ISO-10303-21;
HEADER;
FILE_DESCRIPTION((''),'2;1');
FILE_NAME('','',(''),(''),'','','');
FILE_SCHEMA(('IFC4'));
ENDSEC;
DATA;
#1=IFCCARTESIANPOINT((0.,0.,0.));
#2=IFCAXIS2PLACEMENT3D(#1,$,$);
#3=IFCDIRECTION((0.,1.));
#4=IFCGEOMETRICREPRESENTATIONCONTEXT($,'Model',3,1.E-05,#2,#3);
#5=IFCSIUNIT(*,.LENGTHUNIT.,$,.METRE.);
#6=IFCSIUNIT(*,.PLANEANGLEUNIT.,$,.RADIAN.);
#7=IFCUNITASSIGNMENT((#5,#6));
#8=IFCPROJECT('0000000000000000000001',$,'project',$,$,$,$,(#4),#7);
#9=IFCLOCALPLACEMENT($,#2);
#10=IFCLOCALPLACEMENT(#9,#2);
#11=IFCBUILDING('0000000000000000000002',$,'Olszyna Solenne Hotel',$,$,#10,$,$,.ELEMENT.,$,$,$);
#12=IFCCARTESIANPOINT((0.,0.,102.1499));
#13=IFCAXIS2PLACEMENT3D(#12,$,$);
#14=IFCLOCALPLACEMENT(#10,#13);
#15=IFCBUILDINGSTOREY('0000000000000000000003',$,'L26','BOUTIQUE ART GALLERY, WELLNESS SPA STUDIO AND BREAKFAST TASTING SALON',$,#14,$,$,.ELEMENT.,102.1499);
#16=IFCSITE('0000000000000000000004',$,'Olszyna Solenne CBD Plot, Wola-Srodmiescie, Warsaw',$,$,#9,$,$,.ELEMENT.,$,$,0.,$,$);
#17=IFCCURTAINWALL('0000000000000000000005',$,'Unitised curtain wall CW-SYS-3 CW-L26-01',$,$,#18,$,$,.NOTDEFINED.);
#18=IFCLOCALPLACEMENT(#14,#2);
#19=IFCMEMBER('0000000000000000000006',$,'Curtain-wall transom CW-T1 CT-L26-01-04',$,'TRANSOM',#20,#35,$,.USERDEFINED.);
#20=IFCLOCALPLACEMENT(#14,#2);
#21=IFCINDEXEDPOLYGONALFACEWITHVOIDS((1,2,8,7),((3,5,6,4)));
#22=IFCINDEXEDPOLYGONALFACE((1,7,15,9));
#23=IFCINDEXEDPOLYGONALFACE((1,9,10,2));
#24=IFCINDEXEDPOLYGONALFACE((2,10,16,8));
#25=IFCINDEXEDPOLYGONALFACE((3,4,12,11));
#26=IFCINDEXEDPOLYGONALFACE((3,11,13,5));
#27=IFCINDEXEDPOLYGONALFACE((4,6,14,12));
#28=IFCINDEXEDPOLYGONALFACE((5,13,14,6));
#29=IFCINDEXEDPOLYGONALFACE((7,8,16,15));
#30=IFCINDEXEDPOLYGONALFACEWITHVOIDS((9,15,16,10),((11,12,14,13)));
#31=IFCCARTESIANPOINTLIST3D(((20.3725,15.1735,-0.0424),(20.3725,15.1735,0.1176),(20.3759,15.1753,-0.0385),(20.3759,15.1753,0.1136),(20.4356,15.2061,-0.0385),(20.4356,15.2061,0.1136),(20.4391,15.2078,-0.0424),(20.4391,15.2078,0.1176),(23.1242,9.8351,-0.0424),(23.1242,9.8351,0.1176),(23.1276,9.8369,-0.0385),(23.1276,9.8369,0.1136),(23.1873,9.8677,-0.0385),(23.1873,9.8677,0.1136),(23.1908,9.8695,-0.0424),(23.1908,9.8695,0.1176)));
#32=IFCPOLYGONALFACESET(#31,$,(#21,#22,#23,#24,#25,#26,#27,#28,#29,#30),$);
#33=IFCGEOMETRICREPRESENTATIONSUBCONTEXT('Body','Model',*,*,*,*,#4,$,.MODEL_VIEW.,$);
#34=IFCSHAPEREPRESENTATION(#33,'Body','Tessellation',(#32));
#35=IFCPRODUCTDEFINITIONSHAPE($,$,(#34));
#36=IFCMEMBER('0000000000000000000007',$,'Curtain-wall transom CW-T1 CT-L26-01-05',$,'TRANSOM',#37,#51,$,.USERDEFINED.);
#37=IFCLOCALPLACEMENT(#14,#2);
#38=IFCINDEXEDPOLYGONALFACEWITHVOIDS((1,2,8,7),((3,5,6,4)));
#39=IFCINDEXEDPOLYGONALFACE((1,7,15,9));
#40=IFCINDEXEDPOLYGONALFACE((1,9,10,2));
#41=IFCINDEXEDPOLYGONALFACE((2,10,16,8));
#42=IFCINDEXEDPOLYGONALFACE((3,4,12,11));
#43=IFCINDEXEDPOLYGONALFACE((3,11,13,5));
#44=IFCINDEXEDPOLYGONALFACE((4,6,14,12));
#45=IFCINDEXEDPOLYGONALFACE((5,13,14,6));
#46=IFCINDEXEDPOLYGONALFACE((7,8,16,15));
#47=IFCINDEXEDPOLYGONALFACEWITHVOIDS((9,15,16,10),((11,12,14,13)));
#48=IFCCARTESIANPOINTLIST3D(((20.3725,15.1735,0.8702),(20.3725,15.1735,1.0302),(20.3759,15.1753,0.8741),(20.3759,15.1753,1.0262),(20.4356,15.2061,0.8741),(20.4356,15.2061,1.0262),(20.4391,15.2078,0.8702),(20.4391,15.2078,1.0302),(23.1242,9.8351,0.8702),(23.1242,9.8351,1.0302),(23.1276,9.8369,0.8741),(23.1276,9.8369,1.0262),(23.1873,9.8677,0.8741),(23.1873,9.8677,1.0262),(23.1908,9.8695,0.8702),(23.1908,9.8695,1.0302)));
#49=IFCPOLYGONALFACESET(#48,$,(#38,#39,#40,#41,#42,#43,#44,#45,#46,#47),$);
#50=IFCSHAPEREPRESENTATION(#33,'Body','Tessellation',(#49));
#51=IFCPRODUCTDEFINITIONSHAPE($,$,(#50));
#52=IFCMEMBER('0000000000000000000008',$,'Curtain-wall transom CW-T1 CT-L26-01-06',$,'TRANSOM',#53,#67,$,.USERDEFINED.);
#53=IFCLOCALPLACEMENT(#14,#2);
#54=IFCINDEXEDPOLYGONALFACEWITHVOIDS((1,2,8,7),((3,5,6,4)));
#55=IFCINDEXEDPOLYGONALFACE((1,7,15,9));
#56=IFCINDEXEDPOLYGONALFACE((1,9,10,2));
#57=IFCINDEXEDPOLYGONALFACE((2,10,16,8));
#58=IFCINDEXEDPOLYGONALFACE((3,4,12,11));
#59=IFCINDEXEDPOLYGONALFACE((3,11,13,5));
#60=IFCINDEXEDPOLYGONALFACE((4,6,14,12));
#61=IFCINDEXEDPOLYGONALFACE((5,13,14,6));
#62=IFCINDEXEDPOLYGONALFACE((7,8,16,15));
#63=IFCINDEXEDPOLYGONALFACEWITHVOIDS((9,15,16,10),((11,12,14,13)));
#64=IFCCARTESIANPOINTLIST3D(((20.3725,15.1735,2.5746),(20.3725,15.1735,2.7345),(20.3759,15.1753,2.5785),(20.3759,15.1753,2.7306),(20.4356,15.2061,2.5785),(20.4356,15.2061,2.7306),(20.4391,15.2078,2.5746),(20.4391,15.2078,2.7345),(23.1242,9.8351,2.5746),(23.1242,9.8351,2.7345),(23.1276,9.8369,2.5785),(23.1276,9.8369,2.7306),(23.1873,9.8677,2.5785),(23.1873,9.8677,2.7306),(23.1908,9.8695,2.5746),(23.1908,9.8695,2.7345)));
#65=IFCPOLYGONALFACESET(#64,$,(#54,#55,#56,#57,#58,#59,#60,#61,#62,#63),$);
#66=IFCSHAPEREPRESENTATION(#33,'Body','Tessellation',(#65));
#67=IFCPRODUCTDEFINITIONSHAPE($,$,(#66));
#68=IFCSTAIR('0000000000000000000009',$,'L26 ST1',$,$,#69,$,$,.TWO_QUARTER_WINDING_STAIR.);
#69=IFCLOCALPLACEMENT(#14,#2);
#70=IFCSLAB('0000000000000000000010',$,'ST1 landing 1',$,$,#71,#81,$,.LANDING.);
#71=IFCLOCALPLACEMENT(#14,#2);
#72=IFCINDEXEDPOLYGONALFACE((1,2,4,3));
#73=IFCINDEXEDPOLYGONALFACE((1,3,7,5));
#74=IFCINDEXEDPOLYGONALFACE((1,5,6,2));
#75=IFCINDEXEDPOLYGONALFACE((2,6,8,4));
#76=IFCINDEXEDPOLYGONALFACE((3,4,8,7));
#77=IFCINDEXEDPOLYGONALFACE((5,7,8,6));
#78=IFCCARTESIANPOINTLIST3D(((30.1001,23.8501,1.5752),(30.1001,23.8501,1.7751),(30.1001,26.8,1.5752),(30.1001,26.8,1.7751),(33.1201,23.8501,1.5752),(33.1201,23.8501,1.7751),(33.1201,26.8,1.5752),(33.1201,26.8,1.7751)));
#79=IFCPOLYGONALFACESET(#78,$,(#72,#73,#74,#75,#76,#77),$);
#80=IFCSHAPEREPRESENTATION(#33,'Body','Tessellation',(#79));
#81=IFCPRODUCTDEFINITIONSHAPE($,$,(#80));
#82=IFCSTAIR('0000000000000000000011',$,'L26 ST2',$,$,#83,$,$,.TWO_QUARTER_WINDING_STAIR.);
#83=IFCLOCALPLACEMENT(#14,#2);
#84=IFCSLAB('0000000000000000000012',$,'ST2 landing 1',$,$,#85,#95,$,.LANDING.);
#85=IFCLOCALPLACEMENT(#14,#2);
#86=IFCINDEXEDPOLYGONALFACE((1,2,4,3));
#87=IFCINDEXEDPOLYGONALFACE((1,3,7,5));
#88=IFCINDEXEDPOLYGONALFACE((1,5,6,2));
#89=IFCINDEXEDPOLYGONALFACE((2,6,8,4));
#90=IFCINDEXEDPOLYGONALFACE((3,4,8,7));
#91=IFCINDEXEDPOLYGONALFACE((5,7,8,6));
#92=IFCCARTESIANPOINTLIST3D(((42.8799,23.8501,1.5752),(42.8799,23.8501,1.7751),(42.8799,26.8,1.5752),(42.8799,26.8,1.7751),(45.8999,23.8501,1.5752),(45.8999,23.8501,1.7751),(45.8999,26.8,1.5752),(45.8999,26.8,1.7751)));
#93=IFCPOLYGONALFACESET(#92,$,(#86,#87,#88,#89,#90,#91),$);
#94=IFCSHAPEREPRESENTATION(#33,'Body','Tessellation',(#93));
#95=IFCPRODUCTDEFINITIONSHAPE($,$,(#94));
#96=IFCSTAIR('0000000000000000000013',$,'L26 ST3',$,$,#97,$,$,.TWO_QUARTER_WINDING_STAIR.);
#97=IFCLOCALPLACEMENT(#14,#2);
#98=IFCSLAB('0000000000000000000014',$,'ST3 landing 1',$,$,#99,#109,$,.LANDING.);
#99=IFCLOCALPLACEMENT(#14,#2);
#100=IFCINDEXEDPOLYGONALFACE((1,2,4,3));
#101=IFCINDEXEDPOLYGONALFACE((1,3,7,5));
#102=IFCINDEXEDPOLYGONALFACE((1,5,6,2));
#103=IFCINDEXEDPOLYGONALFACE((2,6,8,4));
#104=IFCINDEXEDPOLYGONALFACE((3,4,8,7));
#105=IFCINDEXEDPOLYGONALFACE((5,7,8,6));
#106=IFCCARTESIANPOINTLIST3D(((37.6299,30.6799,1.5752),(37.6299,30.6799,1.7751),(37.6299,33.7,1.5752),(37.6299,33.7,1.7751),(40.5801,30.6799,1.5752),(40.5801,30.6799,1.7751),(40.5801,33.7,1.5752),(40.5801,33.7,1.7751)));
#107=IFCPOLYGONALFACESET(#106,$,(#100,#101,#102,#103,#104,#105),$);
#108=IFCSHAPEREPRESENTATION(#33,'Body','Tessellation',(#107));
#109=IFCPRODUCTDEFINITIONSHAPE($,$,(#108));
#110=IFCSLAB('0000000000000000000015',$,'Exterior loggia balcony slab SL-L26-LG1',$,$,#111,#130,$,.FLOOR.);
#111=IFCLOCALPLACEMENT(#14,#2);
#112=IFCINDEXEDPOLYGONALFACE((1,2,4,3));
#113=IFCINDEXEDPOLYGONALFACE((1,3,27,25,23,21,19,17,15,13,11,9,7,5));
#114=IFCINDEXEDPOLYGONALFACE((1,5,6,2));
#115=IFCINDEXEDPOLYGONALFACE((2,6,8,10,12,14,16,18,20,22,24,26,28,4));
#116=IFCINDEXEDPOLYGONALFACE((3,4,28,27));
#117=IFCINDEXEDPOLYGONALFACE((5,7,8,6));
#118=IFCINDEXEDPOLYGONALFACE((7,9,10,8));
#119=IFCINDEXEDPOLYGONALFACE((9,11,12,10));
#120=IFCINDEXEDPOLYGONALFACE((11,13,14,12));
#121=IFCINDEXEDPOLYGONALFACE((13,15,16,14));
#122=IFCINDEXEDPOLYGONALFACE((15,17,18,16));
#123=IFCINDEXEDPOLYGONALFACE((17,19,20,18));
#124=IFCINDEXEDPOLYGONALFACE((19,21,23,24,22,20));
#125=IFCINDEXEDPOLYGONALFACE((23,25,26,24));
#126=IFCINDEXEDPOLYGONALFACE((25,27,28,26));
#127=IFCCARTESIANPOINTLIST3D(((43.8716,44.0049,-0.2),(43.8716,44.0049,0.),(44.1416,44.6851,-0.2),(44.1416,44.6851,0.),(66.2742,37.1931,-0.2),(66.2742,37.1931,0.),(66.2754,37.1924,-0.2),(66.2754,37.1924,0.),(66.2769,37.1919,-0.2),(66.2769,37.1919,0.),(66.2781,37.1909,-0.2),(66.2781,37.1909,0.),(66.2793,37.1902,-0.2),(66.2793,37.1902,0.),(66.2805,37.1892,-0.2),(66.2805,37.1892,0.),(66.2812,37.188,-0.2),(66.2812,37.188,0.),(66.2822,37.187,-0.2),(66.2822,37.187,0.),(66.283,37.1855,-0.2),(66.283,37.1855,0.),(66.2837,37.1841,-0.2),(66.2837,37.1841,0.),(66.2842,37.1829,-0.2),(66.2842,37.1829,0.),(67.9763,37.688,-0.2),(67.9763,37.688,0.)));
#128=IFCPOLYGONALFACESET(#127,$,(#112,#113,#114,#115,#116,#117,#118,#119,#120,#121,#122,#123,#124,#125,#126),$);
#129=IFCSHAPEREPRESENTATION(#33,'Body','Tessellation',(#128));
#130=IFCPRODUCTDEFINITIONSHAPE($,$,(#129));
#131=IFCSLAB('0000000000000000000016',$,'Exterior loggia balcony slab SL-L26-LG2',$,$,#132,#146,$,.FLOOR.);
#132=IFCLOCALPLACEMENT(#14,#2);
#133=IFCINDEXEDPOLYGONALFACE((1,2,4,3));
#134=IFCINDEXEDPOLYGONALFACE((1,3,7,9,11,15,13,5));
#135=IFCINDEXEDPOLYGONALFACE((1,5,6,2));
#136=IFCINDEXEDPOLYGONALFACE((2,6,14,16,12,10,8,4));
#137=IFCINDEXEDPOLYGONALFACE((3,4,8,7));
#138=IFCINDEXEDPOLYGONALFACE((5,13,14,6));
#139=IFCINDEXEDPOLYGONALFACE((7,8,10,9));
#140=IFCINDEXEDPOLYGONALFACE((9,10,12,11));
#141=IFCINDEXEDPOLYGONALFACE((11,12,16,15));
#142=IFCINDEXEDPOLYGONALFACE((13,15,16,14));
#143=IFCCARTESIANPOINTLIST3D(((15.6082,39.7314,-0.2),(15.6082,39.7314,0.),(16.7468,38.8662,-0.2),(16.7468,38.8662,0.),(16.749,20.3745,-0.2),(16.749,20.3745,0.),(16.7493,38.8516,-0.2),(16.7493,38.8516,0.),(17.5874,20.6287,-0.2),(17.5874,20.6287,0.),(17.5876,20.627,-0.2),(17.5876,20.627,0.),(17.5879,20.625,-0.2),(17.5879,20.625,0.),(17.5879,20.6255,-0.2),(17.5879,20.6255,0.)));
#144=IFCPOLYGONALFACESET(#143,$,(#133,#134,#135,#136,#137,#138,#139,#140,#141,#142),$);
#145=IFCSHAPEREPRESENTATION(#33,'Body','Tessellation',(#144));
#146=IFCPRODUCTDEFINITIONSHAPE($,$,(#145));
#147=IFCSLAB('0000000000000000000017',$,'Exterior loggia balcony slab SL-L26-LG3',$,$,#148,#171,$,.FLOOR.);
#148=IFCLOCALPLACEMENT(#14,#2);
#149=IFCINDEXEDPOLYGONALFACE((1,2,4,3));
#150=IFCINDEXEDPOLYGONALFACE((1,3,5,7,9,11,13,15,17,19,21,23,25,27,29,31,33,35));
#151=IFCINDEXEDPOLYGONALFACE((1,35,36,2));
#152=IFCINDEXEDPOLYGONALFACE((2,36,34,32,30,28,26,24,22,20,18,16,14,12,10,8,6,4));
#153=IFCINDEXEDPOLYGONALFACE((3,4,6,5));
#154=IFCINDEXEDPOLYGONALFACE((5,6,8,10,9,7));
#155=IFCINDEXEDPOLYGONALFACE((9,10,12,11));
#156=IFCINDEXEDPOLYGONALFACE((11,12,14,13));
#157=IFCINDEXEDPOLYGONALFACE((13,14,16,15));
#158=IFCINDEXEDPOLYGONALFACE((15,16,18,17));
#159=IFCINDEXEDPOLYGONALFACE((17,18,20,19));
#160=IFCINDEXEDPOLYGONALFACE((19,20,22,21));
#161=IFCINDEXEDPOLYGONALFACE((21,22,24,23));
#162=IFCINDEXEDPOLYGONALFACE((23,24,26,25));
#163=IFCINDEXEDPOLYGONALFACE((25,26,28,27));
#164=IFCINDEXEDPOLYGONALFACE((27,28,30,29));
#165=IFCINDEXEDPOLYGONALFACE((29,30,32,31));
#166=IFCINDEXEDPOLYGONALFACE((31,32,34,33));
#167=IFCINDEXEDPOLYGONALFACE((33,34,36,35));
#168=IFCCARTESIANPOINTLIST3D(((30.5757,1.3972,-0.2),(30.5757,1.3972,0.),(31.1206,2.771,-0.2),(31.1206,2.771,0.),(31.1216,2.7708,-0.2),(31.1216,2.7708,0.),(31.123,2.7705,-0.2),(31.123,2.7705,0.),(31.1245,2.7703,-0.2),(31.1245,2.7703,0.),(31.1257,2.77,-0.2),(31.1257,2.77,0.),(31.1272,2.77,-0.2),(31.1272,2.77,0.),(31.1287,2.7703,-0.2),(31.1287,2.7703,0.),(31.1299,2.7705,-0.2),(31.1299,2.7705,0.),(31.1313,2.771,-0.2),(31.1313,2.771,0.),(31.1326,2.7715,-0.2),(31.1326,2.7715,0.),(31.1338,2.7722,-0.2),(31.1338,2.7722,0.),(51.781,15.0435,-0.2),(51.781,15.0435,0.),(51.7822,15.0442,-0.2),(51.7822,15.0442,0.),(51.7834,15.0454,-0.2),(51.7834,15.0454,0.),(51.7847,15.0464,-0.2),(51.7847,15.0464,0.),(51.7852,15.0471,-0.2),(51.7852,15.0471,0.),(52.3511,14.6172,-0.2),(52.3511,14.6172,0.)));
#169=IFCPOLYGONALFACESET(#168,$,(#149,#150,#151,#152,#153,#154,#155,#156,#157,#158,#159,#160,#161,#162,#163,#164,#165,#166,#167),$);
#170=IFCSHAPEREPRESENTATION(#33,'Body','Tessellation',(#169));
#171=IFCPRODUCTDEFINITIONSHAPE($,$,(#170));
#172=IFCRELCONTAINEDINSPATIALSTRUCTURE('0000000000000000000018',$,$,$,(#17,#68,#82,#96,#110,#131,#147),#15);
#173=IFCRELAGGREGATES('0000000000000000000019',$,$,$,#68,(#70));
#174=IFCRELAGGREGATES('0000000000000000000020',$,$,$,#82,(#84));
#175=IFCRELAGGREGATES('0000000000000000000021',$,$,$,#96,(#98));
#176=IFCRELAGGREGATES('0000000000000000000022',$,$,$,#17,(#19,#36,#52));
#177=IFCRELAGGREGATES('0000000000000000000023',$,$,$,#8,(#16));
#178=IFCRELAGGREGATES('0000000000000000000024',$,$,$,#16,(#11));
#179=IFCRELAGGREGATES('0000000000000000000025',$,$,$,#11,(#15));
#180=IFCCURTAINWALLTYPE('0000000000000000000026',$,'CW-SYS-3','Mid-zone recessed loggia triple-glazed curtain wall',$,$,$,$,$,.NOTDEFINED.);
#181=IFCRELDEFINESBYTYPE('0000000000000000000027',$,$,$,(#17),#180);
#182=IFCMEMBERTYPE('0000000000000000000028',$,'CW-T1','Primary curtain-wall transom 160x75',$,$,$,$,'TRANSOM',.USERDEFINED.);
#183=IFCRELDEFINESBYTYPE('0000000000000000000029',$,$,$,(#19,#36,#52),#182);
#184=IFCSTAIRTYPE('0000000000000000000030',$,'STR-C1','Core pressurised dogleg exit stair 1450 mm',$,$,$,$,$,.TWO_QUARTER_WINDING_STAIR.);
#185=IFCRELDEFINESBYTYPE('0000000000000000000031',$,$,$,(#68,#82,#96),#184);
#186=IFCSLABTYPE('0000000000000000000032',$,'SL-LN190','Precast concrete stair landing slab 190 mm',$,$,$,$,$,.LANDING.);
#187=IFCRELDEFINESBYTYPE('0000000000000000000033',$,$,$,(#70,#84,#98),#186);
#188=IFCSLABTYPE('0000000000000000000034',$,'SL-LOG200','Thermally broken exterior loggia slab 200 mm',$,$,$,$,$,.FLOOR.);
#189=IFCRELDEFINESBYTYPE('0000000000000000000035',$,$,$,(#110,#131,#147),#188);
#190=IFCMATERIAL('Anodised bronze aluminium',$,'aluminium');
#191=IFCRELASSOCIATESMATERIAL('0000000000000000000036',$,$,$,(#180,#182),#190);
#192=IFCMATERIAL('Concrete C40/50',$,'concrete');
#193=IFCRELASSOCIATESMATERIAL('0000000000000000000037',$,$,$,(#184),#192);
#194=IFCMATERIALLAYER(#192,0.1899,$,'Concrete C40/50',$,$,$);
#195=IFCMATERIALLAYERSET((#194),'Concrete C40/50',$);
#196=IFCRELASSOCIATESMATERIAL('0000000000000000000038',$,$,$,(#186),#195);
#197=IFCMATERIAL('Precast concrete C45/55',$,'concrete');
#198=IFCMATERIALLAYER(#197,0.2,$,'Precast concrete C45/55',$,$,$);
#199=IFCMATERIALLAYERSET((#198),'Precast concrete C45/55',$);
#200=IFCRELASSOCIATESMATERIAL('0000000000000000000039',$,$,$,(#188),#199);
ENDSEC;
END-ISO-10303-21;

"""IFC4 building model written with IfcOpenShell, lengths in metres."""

from ifc_helpers import new_model, si_unit, direction, frame, origin, origin_2d, place, context, subcontext, project, spatial, polyline, hollow_rectangle, outline, extrude, source, transform, mapped, material, layer, layer_set, material_profile, profile_set, type_object, element, aggregate, save


model = new_model("IFC4")

# Units and contexts
model_context = context("Model", 3, precision=1e-05, world=origin(), true_north=direction((0.0, 1.0)))
body_context = subcontext(model_context, "Body", "Model", "MODEL_VIEW")
ifc_project = project(units=[si_unit("LENGTHUNIT", "METRE"), si_unit("PLANEANGLEUNIT", "RADIAN")], contexts=[model_context])

# Site, building, storey
site_placement = place(None, origin())
site = spatial("IfcSite", under=ifc_project, at=site_placement, Name="Olszyna Solenne CBD Plot, Wola-Srodmiescie, Warsaw", CompositionType="ELEMENT", RefElevation=0.0)
building_placement = place(site_placement, origin())
building = spatial("IfcBuilding", under=site, at=building_placement, Name="Olszyna Solenne Hotel", CompositionType="ELEMENT")
storey_placement = place(building_placement, frame((0.0, 0.0, 102.1499)))
storey = spatial("IfcBuildingStorey", under=building, at=storey_placement, Name="L26", Description="BOUTIQUE ART GALLERY, WELLNESS SPA STUDIO AND BREAKFAST TASTING SALON", CompositionType="ELEMENT", Elevation=102.1499)

# Curtain wall, members
ifc_material_1 = material(Name="Anodised bronze aluminium", Category="aluminium")
curtain_wall_type = type_object("IfcCurtainWallType", Name="CW-SYS-3", Description="Mid-zone recessed loggia triple-glazed curtain wall", PredefinedType="NOTDEFINED", material=ifc_material_1)
curtain_wall_placement = place(storey_placement, origin())
curtain_wall = element("IfcCurtainWall", 1, at=curtain_wall_placement, inside=storey, type_object=curtain_wall_type, Name="Unitised curtain wall CW-SYS-3 CW-L26-01", PredefinedType="NOTDEFINED")
ifc_material_profile_1 = material_profile(ifc_material_1, hollow_rectangle(XDim=0.075, YDim=0.1599, WallThickness=0.0039, at=origin_2d()), Name="TRAN 160x75x4", Category="load-bearing")
ifc_profile_set_1 = profile_set([ifc_material_profile_1], Name="Anodised bronze aluminium")
member_type_1 = type_object("IfcMemberType", Name="CW-T1", Description="Primary curtain-wall transom 160x75", ElementType="TRANSOM", PredefinedType="USERDEFINED", material=ifc_profile_set_1)
shared_shape_1 = source(origin(), body_context, "Body", "SweptSolid", [
    extrude(hollow_rectangle(XDim=0.075, YDim=0.1599, WallThickness=0.0039, at=origin_2d()), origin(), (0.0, 0.0, 1.0), 6.0059),
])
member_1_placement = place(storey_placement, frame((20.4058, 15.1907, 0.0376), z_axis=(0.458172, -0.888864, 0.0), x_axis=(0.888864, 0.458172, 0.0)))
member_1 = element("IfcMember", 2, at=member_1_placement, type_object=member_type_1, Name="Curtain-wall transom CW-T1 CT-L26-01-04", ObjectType="TRANSOM", PredefinedType="USERDEFINED", context=body_context, shape_type="MappedRepresentation", body=[
    mapped(shared_shape_1, transform((0.0, 0.0, 0.0), x_axis=(1.0, 0.0, 0.0), y_axis=(0.0, 1.0, 0.0), z_axis=(0.0, 0.0, 1.0), scale=1.0)),
])
member_2_placement = place(storey_placement, frame((20.4058, 15.1907, 0.9502), z_axis=(0.458172, -0.888864, 0.0), x_axis=(0.888864, 0.458172, 0.0)))
member_2 = element("IfcMember", 3, at=member_2_placement, type_object=member_type_1, Name="Curtain-wall transom CW-T1 CT-L26-01-05", ObjectType="TRANSOM", PredefinedType="USERDEFINED", context=body_context, shape_type="MappedRepresentation", body=[
    mapped(shared_shape_1, transform((0.0, 0.0, 0.0), x_axis=(1.0, 0.0, 0.0), y_axis=(0.0, 1.0, 0.0), z_axis=(0.0, 0.0, 1.0), scale=1.0)),
])
member_3_placement = place(storey_placement, frame((20.4058, 15.1907, 2.6545), z_axis=(0.458172, -0.888864, 0.0), x_axis=(0.888864, 0.458172, 0.0)))
member_3 = element("IfcMember", 4, at=member_3_placement, type_object=member_type_1, Name="Curtain-wall transom CW-T1 CT-L26-01-06", ObjectType="TRANSOM", PredefinedType="USERDEFINED", context=body_context, shape_type="MappedRepresentation", body=[
    mapped(shared_shape_1, transform((0.0, 0.0, 0.0), x_axis=(1.0, 0.0, 0.0), y_axis=(0.0, 1.0, 0.0), z_axis=(0.0, 0.0, 1.0), scale=1.0)),
])

# Stairs, slabs
ifc_material_2 = material(Name="Concrete C40/50", Category="concrete")
stair_type = type_object("IfcStairType", Name="STR-C1", Description="Core pressurised dogleg exit stair 1450 mm", PredefinedType="TWO_QUARTER_WINDING_STAIR", material=ifc_material_2)
stair_1_placement = place(storey_placement, origin())
stair_1 = element("IfcStair", 5, at=stair_1_placement, inside=storey, type_object=stair_type, Name="L26 ST1", PredefinedType="TWO_QUARTER_WINDING_STAIR")
ifc_layer_1 = layer(ifc_material_2, 0.1899, Name="Concrete C40/50")
ifc_layer_set_1 = layer_set([ifc_layer_1], Name="Concrete C40/50")
slab_type_1 = type_object("IfcSlabType", Name="SL-LN190", Description="Precast concrete stair landing slab 190 mm", PredefinedType="LANDING", material=ifc_layer_set_1)
slab_1_placement = place(storey_placement, frame((0.0, 0.0, 1.5752)))
slab_1 = element("IfcSlab", 6, at=slab_1_placement, type_object=slab_type_1, Name="ST1 landing 1", PredefinedType="LANDING", context=body_context, shape_type="SweptSolid", body=[
    extrude(outline(polyline([(33.1201, 23.8501), (33.1201, 26.8), (30.1001, 26.8), (30.1001, 23.8501), (33.1201, 23.8501)])), origin(), (0.0, 0.0, 1.0), 0.2),
])
aggregate(stair_1, [slab_1])
stair_2_placement = place(storey_placement, origin())
stair_2 = element("IfcStair", 7, at=stair_2_placement, inside=storey, type_object=stair_type, Name="L26 ST2", PredefinedType="TWO_QUARTER_WINDING_STAIR")
slab_2_placement = place(storey_placement, frame((0.0, 0.0, 1.5752)))
slab_2 = element("IfcSlab", 8, at=slab_2_placement, type_object=slab_type_1, Name="ST2 landing 1", PredefinedType="LANDING", context=body_context, shape_type="SweptSolid", body=[
    extrude(outline(polyline([(45.8999, 23.8501), (45.8999, 26.8), (42.8799, 26.8), (42.8799, 23.8501), (45.8999, 23.8501)])), origin(), (0.0, 0.0, 1.0), 0.2),
])
aggregate(stair_2, [slab_2])
stair_3_placement = place(storey_placement, origin())
stair_3 = element("IfcStair", 9, at=stair_3_placement, inside=storey, type_object=stair_type, Name="L26 ST3", PredefinedType="TWO_QUARTER_WINDING_STAIR")
slab_3_placement = place(storey_placement, frame((0.0, 0.0, 1.5752)))
slab_3 = element("IfcSlab", 10, at=slab_3_placement, type_object=slab_type_1, Name="ST3 landing 1", PredefinedType="LANDING", context=body_context, shape_type="SweptSolid", body=[
    extrude(outline(polyline([(37.6299, 30.6799), (40.5801, 30.6799), (40.5801, 33.7), (37.6299, 33.7), (37.6299, 30.6799)])), origin(), (0.0, 0.0, 1.0), 0.2),
])
aggregate(stair_3, [slab_3])

# Slabs
ifc_material_3 = material(Name="Precast concrete C45/55", Category="concrete")
ifc_layer_2 = layer(ifc_material_3, 0.2, Name="Precast concrete C45/55")
ifc_layer_set_2 = layer_set([ifc_layer_2], Name="Precast concrete C45/55")
slab_type_2 = type_object("IfcSlabType", Name="SL-LOG200", Description="Thermally broken exterior loggia slab 200 mm", PredefinedType="FLOOR", material=ifc_layer_set_2)
slab_4_placement = place(storey_placement, frame((0.0, 0.0, -0.2)))
element("IfcSlab", 11, at=slab_4_placement, inside=storey, type_object=slab_type_2, Name="Exterior loggia balcony slab SL-L26-LG1", PredefinedType="FLOOR", context=body_context, shape_type="SweptSolid", body=[
    extrude(outline(polyline([(43.8716, 44.0049), (66.2742, 37.1931), (66.2754, 37.1924), (66.2769, 37.1919), (66.2781, 37.1909), (66.2793, 37.1902), (66.2805, 37.1892), (66.2812, 37.188), (66.2822, 37.187), (66.283, 37.1855), (66.2837, 37.1841), (66.2842, 37.1829), (67.9763, 37.688), (44.1416, 44.6851), (43.8716, 44.0049)])), origin(), (0.0, 0.0, 1.0), 0.2),
])
slab_5_placement = place(storey_placement, frame((0.0, 0.0, -0.2)))
element("IfcSlab", 12, at=slab_5_placement, inside=storey, type_object=slab_type_2, Name="Exterior loggia balcony slab SL-L26-LG2", PredefinedType="FLOOR", context=body_context, shape_type="SweptSolid", body=[
    extrude(outline(polyline([(17.5879, 20.625), (17.5879, 20.6255), (17.5876, 20.627), (17.5874, 20.6287), (16.7493, 38.8516), (16.7468, 38.8662), (15.6082, 39.7314), (16.749, 20.3745), (17.5879, 20.625)])), origin(), (0.0, 0.0, 1.0), 0.2),
])
slab_6_placement = place(storey_placement, frame((0.0, 0.0, -0.2)))
element("IfcSlab", 13, at=slab_6_placement, inside=storey, type_object=slab_type_2, Name="Exterior loggia balcony slab SL-L26-LG3", PredefinedType="FLOOR", context=body_context, shape_type="SweptSolid", body=[
    extrude(outline(polyline([(51.7852, 15.0471), (51.7847, 15.0464), (51.7834, 15.0454), (51.7822, 15.0442), (51.781, 15.0435), (31.1338, 2.7722), (31.1326, 2.7715), (31.1313, 2.771), (31.1299, 2.7705), (31.1287, 2.7703), (31.1272, 2.77), (31.1257, 2.77), (31.1245, 2.7703), (31.123, 2.7705), (31.1216, 2.7708), (31.1206, 2.771), (30.5757, 1.3972), (52.3511, 14.6172), (51.7852, 15.0471)])), origin(), (0.0, 0.0, 1.0), 0.2),
])

aggregate(curtain_wall, [member_1, member_2, member_3])

save(model, "model.ifc")
